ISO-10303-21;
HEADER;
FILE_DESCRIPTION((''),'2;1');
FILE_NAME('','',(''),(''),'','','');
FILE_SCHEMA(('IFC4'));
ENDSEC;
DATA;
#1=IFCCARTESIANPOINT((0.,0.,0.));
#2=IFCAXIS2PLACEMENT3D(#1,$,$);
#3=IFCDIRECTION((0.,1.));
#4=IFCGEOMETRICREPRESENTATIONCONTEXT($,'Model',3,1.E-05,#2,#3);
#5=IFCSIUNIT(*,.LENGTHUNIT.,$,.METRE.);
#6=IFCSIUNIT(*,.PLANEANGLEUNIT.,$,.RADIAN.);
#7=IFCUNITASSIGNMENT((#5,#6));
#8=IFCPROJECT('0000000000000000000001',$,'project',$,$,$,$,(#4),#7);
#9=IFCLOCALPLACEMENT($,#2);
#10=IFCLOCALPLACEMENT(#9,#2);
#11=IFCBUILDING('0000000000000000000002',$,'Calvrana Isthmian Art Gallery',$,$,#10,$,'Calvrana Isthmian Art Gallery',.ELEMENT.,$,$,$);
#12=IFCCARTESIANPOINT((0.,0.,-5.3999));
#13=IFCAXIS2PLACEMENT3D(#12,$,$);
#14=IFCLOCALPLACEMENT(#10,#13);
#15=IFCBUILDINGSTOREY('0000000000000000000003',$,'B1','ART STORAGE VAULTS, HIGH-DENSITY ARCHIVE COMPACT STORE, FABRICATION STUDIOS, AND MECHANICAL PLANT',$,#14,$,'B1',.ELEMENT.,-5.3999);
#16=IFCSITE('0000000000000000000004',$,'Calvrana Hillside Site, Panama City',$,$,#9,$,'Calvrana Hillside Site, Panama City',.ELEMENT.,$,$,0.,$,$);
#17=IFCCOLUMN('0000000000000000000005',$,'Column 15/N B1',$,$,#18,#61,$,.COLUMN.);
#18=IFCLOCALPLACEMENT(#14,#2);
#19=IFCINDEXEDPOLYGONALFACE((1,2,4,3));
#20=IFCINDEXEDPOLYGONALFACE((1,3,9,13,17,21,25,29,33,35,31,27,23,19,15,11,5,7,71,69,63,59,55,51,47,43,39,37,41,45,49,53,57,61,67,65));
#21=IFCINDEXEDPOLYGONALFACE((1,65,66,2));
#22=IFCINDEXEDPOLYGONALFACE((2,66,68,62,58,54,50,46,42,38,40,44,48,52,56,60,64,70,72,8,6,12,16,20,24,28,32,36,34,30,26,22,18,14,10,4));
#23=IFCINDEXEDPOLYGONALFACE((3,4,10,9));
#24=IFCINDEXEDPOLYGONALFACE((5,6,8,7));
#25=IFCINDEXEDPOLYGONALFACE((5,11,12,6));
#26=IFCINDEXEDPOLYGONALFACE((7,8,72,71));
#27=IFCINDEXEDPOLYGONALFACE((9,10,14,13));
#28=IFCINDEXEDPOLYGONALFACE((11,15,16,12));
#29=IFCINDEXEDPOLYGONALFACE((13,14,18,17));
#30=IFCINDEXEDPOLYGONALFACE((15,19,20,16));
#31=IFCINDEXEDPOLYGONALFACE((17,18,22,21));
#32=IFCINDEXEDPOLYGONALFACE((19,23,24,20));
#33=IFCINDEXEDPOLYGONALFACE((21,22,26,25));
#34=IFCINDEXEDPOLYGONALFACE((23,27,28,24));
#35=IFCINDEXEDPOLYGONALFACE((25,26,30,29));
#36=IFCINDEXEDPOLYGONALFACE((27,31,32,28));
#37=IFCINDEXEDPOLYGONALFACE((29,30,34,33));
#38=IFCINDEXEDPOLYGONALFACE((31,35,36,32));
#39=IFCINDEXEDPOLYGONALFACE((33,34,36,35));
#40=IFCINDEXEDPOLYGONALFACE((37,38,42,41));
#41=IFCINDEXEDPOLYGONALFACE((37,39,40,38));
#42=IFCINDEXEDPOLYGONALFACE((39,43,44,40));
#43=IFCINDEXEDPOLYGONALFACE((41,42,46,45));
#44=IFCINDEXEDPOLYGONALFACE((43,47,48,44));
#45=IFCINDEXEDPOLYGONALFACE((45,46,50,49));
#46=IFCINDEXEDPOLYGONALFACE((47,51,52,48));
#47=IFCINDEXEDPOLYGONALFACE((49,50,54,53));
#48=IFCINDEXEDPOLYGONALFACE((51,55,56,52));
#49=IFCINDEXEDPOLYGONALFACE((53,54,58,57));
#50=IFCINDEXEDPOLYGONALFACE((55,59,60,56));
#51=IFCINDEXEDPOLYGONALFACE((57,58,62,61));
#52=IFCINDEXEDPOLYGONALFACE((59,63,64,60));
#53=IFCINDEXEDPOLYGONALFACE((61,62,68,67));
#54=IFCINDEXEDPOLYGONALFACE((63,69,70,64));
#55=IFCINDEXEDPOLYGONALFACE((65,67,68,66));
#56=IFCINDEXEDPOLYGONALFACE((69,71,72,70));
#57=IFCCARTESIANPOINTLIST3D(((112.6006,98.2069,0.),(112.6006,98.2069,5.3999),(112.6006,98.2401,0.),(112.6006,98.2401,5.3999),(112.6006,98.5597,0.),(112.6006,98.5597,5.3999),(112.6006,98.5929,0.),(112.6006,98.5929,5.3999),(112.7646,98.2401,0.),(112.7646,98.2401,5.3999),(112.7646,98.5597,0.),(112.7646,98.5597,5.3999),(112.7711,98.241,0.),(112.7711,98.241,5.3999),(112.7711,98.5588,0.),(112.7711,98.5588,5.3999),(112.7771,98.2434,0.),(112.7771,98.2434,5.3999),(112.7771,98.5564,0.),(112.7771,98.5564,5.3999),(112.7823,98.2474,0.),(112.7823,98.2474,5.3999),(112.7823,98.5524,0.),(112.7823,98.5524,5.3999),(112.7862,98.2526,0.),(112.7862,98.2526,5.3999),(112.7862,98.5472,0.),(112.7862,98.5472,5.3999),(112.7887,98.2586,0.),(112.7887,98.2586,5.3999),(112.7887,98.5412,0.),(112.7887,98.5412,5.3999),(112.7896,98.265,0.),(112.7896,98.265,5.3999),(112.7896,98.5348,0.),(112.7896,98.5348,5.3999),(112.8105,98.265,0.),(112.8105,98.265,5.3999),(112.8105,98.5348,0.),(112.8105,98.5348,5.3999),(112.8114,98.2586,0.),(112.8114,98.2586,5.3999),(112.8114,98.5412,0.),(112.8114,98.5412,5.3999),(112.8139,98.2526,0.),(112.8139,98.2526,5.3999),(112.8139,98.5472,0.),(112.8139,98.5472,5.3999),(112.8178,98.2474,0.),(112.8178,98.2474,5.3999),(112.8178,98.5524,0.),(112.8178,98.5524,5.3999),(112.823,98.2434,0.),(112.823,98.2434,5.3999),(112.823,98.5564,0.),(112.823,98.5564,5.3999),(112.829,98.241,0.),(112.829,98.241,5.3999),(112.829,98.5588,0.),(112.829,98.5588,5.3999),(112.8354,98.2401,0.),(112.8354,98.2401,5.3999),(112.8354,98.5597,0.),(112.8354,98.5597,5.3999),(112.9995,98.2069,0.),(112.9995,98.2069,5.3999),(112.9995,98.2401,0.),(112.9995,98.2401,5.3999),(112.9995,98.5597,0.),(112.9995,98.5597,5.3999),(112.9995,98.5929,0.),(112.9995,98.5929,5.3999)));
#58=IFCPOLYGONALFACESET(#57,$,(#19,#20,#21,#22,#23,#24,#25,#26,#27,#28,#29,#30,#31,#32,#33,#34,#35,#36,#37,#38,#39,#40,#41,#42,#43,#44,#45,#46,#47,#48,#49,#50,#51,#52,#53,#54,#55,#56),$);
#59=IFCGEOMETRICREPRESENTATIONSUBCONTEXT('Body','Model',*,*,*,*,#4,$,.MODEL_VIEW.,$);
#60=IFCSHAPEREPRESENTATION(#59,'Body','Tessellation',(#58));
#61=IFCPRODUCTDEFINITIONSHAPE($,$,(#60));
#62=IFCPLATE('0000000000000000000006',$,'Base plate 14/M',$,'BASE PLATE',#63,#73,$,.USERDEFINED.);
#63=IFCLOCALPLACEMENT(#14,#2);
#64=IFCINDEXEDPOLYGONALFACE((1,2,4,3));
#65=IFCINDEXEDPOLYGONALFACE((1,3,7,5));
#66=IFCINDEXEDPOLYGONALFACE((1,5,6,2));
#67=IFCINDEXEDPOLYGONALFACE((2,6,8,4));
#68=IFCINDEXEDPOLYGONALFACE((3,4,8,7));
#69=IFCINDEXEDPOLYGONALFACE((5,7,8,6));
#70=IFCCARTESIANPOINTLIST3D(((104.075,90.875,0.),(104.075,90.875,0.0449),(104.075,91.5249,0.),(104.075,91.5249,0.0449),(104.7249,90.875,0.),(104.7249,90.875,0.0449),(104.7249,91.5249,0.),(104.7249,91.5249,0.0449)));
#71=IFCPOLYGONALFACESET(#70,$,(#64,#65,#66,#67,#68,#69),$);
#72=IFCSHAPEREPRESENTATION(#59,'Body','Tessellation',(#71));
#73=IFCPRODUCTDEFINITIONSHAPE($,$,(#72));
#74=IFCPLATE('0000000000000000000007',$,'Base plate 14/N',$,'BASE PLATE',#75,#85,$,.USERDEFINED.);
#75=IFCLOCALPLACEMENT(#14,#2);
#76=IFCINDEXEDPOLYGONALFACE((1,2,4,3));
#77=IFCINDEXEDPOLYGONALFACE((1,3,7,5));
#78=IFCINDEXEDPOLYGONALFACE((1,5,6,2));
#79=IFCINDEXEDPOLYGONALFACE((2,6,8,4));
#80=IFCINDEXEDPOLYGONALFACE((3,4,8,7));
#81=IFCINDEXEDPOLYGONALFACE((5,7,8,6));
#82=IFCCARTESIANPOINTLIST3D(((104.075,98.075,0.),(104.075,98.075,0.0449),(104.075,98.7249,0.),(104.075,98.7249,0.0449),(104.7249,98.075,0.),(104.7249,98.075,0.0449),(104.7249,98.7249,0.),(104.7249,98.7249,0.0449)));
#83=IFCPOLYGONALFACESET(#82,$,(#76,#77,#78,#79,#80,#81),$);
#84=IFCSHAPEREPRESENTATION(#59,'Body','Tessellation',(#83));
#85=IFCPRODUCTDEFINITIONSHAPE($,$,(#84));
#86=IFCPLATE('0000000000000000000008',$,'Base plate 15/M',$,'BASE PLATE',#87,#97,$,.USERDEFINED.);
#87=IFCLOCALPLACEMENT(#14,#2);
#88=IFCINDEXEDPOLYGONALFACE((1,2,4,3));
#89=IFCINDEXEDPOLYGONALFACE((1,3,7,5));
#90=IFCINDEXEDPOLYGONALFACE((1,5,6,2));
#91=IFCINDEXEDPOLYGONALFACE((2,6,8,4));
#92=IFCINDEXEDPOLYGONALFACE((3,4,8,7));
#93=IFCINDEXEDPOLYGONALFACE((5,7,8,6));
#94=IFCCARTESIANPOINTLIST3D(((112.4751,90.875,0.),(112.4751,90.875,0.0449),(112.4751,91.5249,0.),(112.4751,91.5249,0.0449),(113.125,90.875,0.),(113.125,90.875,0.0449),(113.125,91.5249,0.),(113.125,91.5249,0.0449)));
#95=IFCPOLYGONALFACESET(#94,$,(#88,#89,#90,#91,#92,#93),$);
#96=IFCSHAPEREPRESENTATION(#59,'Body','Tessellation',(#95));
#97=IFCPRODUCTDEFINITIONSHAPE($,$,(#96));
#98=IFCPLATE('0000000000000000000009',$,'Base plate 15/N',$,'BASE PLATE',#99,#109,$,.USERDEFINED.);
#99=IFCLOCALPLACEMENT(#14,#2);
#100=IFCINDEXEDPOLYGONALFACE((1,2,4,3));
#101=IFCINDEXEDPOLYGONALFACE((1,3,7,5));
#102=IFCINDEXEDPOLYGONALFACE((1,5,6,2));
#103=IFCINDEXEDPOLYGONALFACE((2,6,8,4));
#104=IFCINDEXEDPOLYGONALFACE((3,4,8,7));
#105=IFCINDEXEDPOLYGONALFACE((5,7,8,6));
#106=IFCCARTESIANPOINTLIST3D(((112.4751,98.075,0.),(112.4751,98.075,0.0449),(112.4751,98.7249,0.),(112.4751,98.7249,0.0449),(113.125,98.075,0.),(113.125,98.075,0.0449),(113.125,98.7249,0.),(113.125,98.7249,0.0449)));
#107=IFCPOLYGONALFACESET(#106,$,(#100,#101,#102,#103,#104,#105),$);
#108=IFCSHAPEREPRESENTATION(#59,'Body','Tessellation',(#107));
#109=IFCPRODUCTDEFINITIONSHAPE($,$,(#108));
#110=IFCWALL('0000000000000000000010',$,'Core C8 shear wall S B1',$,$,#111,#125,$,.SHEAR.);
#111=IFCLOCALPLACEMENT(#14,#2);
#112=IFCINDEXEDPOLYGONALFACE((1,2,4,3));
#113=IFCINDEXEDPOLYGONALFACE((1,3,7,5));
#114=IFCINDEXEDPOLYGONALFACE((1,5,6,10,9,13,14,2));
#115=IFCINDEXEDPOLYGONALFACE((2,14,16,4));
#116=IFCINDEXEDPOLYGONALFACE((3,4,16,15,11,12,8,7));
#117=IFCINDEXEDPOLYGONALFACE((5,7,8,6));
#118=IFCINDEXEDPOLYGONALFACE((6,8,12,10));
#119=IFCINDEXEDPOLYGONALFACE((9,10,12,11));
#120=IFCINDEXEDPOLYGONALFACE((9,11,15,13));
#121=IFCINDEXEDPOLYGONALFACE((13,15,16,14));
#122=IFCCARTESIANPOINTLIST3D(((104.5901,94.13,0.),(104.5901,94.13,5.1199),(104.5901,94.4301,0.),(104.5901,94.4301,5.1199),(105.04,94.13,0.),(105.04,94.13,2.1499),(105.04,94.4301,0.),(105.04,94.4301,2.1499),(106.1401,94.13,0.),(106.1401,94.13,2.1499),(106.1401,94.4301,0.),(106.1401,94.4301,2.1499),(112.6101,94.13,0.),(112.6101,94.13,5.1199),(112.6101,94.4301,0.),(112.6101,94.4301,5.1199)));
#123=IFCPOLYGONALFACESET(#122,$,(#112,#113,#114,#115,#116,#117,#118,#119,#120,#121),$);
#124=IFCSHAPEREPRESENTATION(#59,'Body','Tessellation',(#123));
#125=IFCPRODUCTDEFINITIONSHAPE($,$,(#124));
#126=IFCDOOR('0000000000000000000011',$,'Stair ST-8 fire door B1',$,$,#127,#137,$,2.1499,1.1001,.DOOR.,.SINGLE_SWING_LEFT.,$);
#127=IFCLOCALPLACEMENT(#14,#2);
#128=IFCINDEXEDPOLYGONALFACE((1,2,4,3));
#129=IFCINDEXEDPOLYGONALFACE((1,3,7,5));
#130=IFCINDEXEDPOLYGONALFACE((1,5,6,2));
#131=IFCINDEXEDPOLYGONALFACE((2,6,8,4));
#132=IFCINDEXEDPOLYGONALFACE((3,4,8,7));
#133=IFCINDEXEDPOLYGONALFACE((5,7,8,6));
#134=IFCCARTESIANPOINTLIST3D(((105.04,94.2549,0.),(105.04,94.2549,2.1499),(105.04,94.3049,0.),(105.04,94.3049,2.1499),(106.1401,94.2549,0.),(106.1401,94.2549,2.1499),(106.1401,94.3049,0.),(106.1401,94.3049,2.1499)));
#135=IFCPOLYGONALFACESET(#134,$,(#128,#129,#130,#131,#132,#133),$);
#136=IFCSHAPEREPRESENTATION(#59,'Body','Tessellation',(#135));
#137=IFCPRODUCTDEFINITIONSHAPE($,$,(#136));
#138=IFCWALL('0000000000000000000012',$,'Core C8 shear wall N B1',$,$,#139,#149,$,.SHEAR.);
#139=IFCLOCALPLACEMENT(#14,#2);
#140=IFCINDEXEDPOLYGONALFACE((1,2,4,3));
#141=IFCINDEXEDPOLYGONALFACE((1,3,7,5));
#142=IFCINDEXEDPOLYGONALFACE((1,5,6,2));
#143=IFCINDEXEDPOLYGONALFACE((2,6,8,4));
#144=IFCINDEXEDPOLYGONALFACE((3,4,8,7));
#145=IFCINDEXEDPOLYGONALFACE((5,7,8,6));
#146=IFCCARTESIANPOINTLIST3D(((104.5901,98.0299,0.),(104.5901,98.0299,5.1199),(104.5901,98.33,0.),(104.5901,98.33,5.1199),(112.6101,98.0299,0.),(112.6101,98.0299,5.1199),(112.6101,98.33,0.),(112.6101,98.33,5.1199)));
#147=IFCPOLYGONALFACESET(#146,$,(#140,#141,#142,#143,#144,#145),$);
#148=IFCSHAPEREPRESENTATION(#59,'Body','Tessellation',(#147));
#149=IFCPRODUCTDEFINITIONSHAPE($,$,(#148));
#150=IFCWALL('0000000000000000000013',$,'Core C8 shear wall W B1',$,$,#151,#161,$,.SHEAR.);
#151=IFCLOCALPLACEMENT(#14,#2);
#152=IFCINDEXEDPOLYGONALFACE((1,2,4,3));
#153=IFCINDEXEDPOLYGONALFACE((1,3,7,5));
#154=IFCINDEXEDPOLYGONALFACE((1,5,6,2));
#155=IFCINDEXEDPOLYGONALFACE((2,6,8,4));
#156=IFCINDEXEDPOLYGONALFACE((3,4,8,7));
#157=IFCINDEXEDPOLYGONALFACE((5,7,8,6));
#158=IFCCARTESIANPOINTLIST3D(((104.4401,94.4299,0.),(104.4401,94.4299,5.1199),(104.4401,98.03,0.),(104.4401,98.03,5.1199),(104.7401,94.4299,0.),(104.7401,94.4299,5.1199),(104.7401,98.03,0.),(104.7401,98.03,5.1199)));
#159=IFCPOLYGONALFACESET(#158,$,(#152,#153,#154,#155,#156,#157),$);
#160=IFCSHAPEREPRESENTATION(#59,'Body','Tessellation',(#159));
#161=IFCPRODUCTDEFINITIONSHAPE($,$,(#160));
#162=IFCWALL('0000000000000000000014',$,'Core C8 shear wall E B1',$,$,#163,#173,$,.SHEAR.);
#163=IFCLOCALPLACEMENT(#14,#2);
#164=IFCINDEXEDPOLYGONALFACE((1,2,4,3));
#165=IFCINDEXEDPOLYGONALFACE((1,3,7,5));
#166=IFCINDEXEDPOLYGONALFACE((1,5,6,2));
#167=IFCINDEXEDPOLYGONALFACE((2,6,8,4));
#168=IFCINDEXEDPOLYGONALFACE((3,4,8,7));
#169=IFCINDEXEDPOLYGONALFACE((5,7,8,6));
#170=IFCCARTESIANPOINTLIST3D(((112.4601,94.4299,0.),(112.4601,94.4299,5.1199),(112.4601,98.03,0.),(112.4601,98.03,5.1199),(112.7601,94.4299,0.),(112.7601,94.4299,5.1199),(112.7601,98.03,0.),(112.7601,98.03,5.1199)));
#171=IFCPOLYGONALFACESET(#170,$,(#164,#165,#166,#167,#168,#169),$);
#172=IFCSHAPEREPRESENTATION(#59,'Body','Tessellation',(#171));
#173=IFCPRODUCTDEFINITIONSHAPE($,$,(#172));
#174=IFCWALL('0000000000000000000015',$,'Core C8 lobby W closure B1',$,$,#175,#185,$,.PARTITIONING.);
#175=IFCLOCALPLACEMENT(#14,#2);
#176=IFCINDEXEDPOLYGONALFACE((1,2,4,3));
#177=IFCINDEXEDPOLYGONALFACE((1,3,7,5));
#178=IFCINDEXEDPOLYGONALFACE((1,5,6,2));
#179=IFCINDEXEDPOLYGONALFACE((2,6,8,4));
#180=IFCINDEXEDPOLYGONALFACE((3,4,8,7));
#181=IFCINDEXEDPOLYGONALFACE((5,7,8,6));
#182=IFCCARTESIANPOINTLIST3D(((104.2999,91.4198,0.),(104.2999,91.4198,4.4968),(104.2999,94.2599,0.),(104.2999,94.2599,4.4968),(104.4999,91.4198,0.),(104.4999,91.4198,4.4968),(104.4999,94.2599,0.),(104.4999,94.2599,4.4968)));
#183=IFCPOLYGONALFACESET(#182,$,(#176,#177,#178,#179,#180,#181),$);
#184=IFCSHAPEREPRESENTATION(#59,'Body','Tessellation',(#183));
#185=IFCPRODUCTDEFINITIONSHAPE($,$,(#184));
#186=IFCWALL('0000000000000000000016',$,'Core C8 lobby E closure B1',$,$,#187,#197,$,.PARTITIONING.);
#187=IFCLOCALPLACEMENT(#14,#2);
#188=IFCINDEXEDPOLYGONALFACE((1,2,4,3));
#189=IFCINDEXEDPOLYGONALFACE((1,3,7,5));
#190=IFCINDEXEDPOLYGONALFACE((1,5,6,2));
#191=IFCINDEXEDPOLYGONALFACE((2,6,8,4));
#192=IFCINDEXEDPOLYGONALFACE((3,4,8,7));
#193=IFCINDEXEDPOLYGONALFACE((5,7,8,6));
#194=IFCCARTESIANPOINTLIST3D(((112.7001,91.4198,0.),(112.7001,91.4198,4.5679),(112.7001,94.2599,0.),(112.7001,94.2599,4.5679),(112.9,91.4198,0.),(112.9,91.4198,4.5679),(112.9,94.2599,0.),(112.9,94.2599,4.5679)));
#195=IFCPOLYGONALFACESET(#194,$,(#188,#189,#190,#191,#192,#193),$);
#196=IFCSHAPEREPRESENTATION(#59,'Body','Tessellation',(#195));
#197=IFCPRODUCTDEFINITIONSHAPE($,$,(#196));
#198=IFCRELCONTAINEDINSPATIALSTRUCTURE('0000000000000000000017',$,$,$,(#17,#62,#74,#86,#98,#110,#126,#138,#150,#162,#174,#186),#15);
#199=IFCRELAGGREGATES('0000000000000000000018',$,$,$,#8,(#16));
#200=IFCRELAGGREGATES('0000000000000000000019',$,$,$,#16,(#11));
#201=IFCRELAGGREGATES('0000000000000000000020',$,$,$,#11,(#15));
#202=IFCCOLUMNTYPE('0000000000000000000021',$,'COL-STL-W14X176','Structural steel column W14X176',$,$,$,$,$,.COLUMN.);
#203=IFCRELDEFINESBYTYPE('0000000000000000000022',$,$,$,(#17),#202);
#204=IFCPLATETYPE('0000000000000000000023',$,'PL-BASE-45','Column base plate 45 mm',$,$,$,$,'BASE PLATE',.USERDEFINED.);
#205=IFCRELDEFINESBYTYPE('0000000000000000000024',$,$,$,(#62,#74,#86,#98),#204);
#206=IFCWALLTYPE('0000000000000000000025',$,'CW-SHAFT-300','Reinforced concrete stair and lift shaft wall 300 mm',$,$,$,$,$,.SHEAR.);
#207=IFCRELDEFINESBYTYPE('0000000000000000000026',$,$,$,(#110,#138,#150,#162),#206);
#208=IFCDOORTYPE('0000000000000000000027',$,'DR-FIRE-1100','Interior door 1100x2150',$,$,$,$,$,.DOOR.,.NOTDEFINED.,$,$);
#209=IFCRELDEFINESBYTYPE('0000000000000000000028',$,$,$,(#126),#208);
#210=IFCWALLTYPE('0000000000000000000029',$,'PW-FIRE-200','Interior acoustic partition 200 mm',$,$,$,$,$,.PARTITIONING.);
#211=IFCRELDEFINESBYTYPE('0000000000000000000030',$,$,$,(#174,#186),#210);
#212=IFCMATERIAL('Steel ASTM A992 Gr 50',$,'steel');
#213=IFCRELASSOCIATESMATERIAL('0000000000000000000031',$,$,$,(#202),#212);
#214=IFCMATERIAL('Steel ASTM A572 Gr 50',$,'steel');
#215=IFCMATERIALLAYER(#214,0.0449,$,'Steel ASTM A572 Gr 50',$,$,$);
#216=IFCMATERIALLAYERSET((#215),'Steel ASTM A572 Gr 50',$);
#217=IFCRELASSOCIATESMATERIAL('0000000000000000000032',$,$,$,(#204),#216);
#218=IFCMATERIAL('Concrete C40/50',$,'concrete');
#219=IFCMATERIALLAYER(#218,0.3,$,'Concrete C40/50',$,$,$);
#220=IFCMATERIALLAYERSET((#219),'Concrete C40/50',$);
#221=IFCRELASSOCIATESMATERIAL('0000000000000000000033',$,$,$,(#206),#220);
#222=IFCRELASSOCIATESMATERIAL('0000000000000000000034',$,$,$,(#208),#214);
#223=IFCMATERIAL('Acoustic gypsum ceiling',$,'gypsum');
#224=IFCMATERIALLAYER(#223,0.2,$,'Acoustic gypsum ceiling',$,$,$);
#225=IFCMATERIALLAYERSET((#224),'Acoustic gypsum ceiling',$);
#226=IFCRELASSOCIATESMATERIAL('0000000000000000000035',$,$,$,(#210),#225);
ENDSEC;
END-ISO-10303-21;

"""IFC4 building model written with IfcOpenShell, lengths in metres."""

from ifc_helpers import new_model, si_unit, direction, frame, frame_2d, origin, origin_2d, place, context, subcontext, project, spatial, rectangle, i_section, extrude, material, layer, layer_set, material_profile, profile_set, type_object, element, fill, save


model = new_model("IFC4")

# Units and contexts
model_context = context("Model", 3, precision=1e-05, world=origin(), true_north=direction((0.0, 1.0)))
body_context = subcontext(model_context, "Body", "Model", "MODEL_VIEW")
ifc_project = project(units=[si_unit("LENGTHUNIT", "METRE"), si_unit("PLANEANGLEUNIT", "RADIAN")], contexts=[model_context])

# Site, building, storey
site_placement = place(None, origin())
site = spatial("IfcSite", under=ifc_project, at=site_placement, Name="Calvrana Hillside Site, Panama City", LongName="Calvrana Hillside Site, Panama City", CompositionType="ELEMENT", RefElevation=0.0)
building_placement = place(site_placement, origin())
building = spatial("IfcBuilding", under=site, at=building_placement, Name="Calvrana Isthmian Art Gallery", LongName="Calvrana Isthmian Art Gallery", CompositionType="ELEMENT")
storey_placement = place(building_placement, frame((0.0, 0.0, -5.3999)))
storey = spatial("IfcBuildingStorey", under=building, at=storey_placement, Name="B1", Description="ART STORAGE VAULTS, HIGH-DENSITY ARCHIVE COMPACT STORE, FABRICATION STUDIOS, AND MECHANICAL PLANT", LongName="B1", CompositionType="ELEMENT", Elevation=-5.3999)

# Column
ifc_material_1 = material(Name="Steel ASTM A992 Gr 50", Category="steel")
ifc_material_profile_1 = material_profile(ifc_material_1, i_section(OverallWidth=0.3989, OverallDepth=0.386, WebThickness=0.021, FlangeThickness=0.0332, FilletRadius=0.0249, at=origin_2d()), Name="W14X176")
ifc_profile_set_1 = profile_set([ifc_material_profile_1], Name="Steel ASTM A992 Gr 50")
column_type_1 = type_object("IfcColumnType", Name="COL-STL-W14X176", Description="Structural steel column W14X176", PredefinedType="COLUMN", material=ifc_profile_set_1)
column_1_placement = place(storey_placement, frame((112.8, 98.3999, 0.0), z_axis=(0.0, 0.0, 1.0), x_axis=(1.0, 0.0, 0.0)))
element("IfcColumn", 1, at=column_1_placement, inside=storey, type_object=column_type_1, Name="Column 15/N B1", PredefinedType="COLUMN", context=body_context, shape_type="SweptSolid", body=[
    extrude(i_section(OverallWidth=0.3989, OverallDepth=0.386, WebThickness=0.021, FlangeThickness=0.0332, FilletRadius=0.0249, at=origin_2d()), origin(), (0.0, 0.0, 1.0), 5.3999),
])

# Plates
ifc_material_2 = material(Name="Steel ASTM A572 Gr 50", Category="steel")
ifc_layer_1 = layer(ifc_material_2, 0.0449, Name="Steel ASTM A572 Gr 50")
ifc_layer_set_1 = layer_set([ifc_layer_1], Name="Steel ASTM A572 Gr 50")
plate_type = type_object("IfcPlateType", Name="PL-BASE-45", Description="Column base plate 45 mm", ElementType="BASE PLATE", PredefinedType="USERDEFINED", material=ifc_layer_set_1)
for number, where, z_axis, x_axis, name in (
    (2, (104.3999, 91.2, 0.0), (0.0, 0.0, 1.0), (1.0, 0.0, 0.0), "Base plate 14/M"),
    (3, (104.3999, 98.3999, 0.0), (0.0, 0.0, 1.0), (1.0, 0.0, 0.0), "Base plate 14/N"),
    (4, (112.8, 91.2, 0.0), (0.0, 0.0, 1.0), (1.0, 0.0, 0.0), "Base plate 15/M"),
    (5, (112.8, 98.3999, 0.0), (0.0, 0.0, 1.0), (1.0, 0.0, 0.0), "Base plate 15/N"),
):
    element("IfcPlate", number, at=place(storey_placement, frame(where, z_axis=z_axis, x_axis=x_axis)), inside=storey, type_object=plate_type, Name=name, ObjectType="BASE PLATE", PredefinedType="USERDEFINED", context=body_context, shape_type="SweptSolid", body=[
        extrude(rectangle(XDim=0.6499, YDim=0.6499, at=origin_2d()), origin(), (0.0, 0.0, 1.0), 0.0449),
    ])

# Wall, opening, door
ifc_material_3 = material(Name="Concrete C40/50", Category="concrete")
ifc_layer_2 = layer(ifc_material_3, 0.3, Name="Concrete C40/50")
ifc_layer_set_2 = layer_set([ifc_layer_2], Name="Concrete C40/50")
wall_type_1 = type_object("IfcWallType", Name="CW-SHAFT-300", Description="Reinforced concrete stair and lift shaft wall 300 mm", PredefinedType="SHEAR", material=ifc_layer_set_2)
wall_1_placement = place(storey_placement, frame((104.5901, 94.28, 0.0), z_axis=(0.0, 0.0, 1.0), x_axis=(1.0, 0.0, 0.0)))
wall_1 = element("IfcWall", 6, at=wall_1_placement, inside=storey, type_object=wall_type_1, Name="Core C8 shear wall S B1", PredefinedType="SHEAR", context=body_context, shape_type="SweptSolid", body=[
    extrude(rectangle(XDim=8.02, YDim=0.3, at=frame_2d((4.01, 0.0))), origin(), (0.0, 0.0, 1.0), 5.1199),
])
opening_1_placement = place(wall_1_placement, frame((0.45, 0.0, 0.0)))
opening_1 = element("IfcOpeningElement", 7, at=opening_1_placement, cuts=wall_1, PredefinedType="OPENING", context=body_context, shape_type="SweptSolid", body=[
    extrude(rectangle(XDim=1.1001, YDim=2.1499, at=frame_2d((0.55, 1.075))), frame((0.0, 0.1602, 0.0), z_axis=(0.0, -1.0, 0.0), x_axis=(1.0, 0.0, 0.0)), (0.0, 0.0, 1.0), 0.3206),
])
door_type_1 = type_object("IfcDoorType", Name="DR-FIRE-1100", Description="Interior door 1100x2150", OperationType="NOTDEFINED", PredefinedType="DOOR", material=ifc_material_2)
door_1_placement = place(opening_1_placement, origin())
door_1 = element("IfcDoor", 8, at=door_1_placement, inside=storey, type_object=door_type_1, Name="Stair ST-8 fire door B1", OperationType="SINGLE_SWING_LEFT", OverallHeight=2.1499, OverallWidth=1.1001, PredefinedType="DOOR", context=body_context, shape_type="SweptSolid", body=[
    extrude(rectangle(XDim=1.1001, YDim=2.1499, at=frame_2d((0.55, 1.075))), frame((0.0, 0.0249, 0.0), z_axis=(0.0, -1.0, 0.0), x_axis=(1.0, 0.0, 0.0)), (0.0, 0.0, 1.0), 0.05),
])
fill(opening_1, door_1)

# Walls
wall_2_placement = place(storey_placement, frame((104.5901, 98.1799, 0.0), z_axis=(0.0, 0.0, 1.0), x_axis=(1.0, 0.0, 0.0)))
element("IfcWall", 9, at=wall_2_placement, inside=storey, type_object=wall_type_1, Name="Core C8 shear wall N B1", PredefinedType="SHEAR", context=body_context, shape_type="SweptSolid", body=[
    extrude(rectangle(XDim=8.02, YDim=0.3, at=frame_2d((4.01, 0.0))), origin(), (0.0, 0.0, 1.0), 5.1199),
])
for number, where, z_axis, x_axis, name in (
    (10, (104.5901, 94.4299, 0.0), (0.0, 0.0, 1.0), (0.0, 1.0, 0.0), "Core C8 shear wall W B1"),
    (11, (112.6101, 94.4299, 0.0), (0.0, 0.0, 1.0), (0.0, 1.0, 0.0), "Core C8 shear wall E B1"),
):
    element("IfcWall", number, at=place(storey_placement, frame(where, z_axis=z_axis, x_axis=x_axis)), inside=storey, type_object=wall_type_1, Name=name, PredefinedType="SHEAR", context=body_context, shape_type="SweptSolid", body=[
        extrude(rectangle(XDim=3.6001, YDim=0.3, at=frame_2d((1.8, 0.0))), origin(), (0.0, 0.0, 1.0), 5.1199),
    ])
ifc_material_4 = material(Name="Acoustic gypsum ceiling", Category="gypsum")
ifc_layer_3 = layer(ifc_material_4, 0.2, Name="Acoustic gypsum ceiling")
ifc_layer_set_3 = layer_set([ifc_layer_3], Name="Acoustic gypsum ceiling")
wall_type_2 = type_object("IfcWallType", Name="PW-FIRE-200", Description="Interior acoustic partition 200 mm", PredefinedType="PARTITIONING", material=ifc_layer_set_3)
wall_3_placement = place(storey_placement, frame((104.3999, 91.4199, 0.0), z_axis=(0.0, 0.0, 1.0), x_axis=(0.0, 1.0, 0.0)))
element("IfcWall", 12, at=wall_3_placement, inside=storey, type_object=wall_type_2, Name="Core C8 lobby W closure B1", PredefinedType="PARTITIONING", context=body_context, shape_type="SweptSolid", body=[
    extrude(rectangle(XDim=2.8401, YDim=0.2, at=frame_2d((1.4199, 0.0))), origin(), (0.0, 0.0, 1.0), 4.4968),
])
wall_4_placement = place(storey_placement, frame((112.8, 91.4199, 0.0), z_axis=(0.0, 0.0, 1.0), x_axis=(0.0, 1.0, 0.0)))
element("IfcWall", 13, at=wall_4_placement, inside=storey, type_object=wall_type_2, Name="Core C8 lobby E closure B1", PredefinedType="PARTITIONING", context=body_context, shape_type="SweptSolid", body=[
    extrude(rectangle(XDim=2.8401, YDim=0.2, at=frame_2d((1.4199, 0.0))), origin(), (0.0, 0.0, 1.0), 4.5679),
])

save(model, "model.ifc")
